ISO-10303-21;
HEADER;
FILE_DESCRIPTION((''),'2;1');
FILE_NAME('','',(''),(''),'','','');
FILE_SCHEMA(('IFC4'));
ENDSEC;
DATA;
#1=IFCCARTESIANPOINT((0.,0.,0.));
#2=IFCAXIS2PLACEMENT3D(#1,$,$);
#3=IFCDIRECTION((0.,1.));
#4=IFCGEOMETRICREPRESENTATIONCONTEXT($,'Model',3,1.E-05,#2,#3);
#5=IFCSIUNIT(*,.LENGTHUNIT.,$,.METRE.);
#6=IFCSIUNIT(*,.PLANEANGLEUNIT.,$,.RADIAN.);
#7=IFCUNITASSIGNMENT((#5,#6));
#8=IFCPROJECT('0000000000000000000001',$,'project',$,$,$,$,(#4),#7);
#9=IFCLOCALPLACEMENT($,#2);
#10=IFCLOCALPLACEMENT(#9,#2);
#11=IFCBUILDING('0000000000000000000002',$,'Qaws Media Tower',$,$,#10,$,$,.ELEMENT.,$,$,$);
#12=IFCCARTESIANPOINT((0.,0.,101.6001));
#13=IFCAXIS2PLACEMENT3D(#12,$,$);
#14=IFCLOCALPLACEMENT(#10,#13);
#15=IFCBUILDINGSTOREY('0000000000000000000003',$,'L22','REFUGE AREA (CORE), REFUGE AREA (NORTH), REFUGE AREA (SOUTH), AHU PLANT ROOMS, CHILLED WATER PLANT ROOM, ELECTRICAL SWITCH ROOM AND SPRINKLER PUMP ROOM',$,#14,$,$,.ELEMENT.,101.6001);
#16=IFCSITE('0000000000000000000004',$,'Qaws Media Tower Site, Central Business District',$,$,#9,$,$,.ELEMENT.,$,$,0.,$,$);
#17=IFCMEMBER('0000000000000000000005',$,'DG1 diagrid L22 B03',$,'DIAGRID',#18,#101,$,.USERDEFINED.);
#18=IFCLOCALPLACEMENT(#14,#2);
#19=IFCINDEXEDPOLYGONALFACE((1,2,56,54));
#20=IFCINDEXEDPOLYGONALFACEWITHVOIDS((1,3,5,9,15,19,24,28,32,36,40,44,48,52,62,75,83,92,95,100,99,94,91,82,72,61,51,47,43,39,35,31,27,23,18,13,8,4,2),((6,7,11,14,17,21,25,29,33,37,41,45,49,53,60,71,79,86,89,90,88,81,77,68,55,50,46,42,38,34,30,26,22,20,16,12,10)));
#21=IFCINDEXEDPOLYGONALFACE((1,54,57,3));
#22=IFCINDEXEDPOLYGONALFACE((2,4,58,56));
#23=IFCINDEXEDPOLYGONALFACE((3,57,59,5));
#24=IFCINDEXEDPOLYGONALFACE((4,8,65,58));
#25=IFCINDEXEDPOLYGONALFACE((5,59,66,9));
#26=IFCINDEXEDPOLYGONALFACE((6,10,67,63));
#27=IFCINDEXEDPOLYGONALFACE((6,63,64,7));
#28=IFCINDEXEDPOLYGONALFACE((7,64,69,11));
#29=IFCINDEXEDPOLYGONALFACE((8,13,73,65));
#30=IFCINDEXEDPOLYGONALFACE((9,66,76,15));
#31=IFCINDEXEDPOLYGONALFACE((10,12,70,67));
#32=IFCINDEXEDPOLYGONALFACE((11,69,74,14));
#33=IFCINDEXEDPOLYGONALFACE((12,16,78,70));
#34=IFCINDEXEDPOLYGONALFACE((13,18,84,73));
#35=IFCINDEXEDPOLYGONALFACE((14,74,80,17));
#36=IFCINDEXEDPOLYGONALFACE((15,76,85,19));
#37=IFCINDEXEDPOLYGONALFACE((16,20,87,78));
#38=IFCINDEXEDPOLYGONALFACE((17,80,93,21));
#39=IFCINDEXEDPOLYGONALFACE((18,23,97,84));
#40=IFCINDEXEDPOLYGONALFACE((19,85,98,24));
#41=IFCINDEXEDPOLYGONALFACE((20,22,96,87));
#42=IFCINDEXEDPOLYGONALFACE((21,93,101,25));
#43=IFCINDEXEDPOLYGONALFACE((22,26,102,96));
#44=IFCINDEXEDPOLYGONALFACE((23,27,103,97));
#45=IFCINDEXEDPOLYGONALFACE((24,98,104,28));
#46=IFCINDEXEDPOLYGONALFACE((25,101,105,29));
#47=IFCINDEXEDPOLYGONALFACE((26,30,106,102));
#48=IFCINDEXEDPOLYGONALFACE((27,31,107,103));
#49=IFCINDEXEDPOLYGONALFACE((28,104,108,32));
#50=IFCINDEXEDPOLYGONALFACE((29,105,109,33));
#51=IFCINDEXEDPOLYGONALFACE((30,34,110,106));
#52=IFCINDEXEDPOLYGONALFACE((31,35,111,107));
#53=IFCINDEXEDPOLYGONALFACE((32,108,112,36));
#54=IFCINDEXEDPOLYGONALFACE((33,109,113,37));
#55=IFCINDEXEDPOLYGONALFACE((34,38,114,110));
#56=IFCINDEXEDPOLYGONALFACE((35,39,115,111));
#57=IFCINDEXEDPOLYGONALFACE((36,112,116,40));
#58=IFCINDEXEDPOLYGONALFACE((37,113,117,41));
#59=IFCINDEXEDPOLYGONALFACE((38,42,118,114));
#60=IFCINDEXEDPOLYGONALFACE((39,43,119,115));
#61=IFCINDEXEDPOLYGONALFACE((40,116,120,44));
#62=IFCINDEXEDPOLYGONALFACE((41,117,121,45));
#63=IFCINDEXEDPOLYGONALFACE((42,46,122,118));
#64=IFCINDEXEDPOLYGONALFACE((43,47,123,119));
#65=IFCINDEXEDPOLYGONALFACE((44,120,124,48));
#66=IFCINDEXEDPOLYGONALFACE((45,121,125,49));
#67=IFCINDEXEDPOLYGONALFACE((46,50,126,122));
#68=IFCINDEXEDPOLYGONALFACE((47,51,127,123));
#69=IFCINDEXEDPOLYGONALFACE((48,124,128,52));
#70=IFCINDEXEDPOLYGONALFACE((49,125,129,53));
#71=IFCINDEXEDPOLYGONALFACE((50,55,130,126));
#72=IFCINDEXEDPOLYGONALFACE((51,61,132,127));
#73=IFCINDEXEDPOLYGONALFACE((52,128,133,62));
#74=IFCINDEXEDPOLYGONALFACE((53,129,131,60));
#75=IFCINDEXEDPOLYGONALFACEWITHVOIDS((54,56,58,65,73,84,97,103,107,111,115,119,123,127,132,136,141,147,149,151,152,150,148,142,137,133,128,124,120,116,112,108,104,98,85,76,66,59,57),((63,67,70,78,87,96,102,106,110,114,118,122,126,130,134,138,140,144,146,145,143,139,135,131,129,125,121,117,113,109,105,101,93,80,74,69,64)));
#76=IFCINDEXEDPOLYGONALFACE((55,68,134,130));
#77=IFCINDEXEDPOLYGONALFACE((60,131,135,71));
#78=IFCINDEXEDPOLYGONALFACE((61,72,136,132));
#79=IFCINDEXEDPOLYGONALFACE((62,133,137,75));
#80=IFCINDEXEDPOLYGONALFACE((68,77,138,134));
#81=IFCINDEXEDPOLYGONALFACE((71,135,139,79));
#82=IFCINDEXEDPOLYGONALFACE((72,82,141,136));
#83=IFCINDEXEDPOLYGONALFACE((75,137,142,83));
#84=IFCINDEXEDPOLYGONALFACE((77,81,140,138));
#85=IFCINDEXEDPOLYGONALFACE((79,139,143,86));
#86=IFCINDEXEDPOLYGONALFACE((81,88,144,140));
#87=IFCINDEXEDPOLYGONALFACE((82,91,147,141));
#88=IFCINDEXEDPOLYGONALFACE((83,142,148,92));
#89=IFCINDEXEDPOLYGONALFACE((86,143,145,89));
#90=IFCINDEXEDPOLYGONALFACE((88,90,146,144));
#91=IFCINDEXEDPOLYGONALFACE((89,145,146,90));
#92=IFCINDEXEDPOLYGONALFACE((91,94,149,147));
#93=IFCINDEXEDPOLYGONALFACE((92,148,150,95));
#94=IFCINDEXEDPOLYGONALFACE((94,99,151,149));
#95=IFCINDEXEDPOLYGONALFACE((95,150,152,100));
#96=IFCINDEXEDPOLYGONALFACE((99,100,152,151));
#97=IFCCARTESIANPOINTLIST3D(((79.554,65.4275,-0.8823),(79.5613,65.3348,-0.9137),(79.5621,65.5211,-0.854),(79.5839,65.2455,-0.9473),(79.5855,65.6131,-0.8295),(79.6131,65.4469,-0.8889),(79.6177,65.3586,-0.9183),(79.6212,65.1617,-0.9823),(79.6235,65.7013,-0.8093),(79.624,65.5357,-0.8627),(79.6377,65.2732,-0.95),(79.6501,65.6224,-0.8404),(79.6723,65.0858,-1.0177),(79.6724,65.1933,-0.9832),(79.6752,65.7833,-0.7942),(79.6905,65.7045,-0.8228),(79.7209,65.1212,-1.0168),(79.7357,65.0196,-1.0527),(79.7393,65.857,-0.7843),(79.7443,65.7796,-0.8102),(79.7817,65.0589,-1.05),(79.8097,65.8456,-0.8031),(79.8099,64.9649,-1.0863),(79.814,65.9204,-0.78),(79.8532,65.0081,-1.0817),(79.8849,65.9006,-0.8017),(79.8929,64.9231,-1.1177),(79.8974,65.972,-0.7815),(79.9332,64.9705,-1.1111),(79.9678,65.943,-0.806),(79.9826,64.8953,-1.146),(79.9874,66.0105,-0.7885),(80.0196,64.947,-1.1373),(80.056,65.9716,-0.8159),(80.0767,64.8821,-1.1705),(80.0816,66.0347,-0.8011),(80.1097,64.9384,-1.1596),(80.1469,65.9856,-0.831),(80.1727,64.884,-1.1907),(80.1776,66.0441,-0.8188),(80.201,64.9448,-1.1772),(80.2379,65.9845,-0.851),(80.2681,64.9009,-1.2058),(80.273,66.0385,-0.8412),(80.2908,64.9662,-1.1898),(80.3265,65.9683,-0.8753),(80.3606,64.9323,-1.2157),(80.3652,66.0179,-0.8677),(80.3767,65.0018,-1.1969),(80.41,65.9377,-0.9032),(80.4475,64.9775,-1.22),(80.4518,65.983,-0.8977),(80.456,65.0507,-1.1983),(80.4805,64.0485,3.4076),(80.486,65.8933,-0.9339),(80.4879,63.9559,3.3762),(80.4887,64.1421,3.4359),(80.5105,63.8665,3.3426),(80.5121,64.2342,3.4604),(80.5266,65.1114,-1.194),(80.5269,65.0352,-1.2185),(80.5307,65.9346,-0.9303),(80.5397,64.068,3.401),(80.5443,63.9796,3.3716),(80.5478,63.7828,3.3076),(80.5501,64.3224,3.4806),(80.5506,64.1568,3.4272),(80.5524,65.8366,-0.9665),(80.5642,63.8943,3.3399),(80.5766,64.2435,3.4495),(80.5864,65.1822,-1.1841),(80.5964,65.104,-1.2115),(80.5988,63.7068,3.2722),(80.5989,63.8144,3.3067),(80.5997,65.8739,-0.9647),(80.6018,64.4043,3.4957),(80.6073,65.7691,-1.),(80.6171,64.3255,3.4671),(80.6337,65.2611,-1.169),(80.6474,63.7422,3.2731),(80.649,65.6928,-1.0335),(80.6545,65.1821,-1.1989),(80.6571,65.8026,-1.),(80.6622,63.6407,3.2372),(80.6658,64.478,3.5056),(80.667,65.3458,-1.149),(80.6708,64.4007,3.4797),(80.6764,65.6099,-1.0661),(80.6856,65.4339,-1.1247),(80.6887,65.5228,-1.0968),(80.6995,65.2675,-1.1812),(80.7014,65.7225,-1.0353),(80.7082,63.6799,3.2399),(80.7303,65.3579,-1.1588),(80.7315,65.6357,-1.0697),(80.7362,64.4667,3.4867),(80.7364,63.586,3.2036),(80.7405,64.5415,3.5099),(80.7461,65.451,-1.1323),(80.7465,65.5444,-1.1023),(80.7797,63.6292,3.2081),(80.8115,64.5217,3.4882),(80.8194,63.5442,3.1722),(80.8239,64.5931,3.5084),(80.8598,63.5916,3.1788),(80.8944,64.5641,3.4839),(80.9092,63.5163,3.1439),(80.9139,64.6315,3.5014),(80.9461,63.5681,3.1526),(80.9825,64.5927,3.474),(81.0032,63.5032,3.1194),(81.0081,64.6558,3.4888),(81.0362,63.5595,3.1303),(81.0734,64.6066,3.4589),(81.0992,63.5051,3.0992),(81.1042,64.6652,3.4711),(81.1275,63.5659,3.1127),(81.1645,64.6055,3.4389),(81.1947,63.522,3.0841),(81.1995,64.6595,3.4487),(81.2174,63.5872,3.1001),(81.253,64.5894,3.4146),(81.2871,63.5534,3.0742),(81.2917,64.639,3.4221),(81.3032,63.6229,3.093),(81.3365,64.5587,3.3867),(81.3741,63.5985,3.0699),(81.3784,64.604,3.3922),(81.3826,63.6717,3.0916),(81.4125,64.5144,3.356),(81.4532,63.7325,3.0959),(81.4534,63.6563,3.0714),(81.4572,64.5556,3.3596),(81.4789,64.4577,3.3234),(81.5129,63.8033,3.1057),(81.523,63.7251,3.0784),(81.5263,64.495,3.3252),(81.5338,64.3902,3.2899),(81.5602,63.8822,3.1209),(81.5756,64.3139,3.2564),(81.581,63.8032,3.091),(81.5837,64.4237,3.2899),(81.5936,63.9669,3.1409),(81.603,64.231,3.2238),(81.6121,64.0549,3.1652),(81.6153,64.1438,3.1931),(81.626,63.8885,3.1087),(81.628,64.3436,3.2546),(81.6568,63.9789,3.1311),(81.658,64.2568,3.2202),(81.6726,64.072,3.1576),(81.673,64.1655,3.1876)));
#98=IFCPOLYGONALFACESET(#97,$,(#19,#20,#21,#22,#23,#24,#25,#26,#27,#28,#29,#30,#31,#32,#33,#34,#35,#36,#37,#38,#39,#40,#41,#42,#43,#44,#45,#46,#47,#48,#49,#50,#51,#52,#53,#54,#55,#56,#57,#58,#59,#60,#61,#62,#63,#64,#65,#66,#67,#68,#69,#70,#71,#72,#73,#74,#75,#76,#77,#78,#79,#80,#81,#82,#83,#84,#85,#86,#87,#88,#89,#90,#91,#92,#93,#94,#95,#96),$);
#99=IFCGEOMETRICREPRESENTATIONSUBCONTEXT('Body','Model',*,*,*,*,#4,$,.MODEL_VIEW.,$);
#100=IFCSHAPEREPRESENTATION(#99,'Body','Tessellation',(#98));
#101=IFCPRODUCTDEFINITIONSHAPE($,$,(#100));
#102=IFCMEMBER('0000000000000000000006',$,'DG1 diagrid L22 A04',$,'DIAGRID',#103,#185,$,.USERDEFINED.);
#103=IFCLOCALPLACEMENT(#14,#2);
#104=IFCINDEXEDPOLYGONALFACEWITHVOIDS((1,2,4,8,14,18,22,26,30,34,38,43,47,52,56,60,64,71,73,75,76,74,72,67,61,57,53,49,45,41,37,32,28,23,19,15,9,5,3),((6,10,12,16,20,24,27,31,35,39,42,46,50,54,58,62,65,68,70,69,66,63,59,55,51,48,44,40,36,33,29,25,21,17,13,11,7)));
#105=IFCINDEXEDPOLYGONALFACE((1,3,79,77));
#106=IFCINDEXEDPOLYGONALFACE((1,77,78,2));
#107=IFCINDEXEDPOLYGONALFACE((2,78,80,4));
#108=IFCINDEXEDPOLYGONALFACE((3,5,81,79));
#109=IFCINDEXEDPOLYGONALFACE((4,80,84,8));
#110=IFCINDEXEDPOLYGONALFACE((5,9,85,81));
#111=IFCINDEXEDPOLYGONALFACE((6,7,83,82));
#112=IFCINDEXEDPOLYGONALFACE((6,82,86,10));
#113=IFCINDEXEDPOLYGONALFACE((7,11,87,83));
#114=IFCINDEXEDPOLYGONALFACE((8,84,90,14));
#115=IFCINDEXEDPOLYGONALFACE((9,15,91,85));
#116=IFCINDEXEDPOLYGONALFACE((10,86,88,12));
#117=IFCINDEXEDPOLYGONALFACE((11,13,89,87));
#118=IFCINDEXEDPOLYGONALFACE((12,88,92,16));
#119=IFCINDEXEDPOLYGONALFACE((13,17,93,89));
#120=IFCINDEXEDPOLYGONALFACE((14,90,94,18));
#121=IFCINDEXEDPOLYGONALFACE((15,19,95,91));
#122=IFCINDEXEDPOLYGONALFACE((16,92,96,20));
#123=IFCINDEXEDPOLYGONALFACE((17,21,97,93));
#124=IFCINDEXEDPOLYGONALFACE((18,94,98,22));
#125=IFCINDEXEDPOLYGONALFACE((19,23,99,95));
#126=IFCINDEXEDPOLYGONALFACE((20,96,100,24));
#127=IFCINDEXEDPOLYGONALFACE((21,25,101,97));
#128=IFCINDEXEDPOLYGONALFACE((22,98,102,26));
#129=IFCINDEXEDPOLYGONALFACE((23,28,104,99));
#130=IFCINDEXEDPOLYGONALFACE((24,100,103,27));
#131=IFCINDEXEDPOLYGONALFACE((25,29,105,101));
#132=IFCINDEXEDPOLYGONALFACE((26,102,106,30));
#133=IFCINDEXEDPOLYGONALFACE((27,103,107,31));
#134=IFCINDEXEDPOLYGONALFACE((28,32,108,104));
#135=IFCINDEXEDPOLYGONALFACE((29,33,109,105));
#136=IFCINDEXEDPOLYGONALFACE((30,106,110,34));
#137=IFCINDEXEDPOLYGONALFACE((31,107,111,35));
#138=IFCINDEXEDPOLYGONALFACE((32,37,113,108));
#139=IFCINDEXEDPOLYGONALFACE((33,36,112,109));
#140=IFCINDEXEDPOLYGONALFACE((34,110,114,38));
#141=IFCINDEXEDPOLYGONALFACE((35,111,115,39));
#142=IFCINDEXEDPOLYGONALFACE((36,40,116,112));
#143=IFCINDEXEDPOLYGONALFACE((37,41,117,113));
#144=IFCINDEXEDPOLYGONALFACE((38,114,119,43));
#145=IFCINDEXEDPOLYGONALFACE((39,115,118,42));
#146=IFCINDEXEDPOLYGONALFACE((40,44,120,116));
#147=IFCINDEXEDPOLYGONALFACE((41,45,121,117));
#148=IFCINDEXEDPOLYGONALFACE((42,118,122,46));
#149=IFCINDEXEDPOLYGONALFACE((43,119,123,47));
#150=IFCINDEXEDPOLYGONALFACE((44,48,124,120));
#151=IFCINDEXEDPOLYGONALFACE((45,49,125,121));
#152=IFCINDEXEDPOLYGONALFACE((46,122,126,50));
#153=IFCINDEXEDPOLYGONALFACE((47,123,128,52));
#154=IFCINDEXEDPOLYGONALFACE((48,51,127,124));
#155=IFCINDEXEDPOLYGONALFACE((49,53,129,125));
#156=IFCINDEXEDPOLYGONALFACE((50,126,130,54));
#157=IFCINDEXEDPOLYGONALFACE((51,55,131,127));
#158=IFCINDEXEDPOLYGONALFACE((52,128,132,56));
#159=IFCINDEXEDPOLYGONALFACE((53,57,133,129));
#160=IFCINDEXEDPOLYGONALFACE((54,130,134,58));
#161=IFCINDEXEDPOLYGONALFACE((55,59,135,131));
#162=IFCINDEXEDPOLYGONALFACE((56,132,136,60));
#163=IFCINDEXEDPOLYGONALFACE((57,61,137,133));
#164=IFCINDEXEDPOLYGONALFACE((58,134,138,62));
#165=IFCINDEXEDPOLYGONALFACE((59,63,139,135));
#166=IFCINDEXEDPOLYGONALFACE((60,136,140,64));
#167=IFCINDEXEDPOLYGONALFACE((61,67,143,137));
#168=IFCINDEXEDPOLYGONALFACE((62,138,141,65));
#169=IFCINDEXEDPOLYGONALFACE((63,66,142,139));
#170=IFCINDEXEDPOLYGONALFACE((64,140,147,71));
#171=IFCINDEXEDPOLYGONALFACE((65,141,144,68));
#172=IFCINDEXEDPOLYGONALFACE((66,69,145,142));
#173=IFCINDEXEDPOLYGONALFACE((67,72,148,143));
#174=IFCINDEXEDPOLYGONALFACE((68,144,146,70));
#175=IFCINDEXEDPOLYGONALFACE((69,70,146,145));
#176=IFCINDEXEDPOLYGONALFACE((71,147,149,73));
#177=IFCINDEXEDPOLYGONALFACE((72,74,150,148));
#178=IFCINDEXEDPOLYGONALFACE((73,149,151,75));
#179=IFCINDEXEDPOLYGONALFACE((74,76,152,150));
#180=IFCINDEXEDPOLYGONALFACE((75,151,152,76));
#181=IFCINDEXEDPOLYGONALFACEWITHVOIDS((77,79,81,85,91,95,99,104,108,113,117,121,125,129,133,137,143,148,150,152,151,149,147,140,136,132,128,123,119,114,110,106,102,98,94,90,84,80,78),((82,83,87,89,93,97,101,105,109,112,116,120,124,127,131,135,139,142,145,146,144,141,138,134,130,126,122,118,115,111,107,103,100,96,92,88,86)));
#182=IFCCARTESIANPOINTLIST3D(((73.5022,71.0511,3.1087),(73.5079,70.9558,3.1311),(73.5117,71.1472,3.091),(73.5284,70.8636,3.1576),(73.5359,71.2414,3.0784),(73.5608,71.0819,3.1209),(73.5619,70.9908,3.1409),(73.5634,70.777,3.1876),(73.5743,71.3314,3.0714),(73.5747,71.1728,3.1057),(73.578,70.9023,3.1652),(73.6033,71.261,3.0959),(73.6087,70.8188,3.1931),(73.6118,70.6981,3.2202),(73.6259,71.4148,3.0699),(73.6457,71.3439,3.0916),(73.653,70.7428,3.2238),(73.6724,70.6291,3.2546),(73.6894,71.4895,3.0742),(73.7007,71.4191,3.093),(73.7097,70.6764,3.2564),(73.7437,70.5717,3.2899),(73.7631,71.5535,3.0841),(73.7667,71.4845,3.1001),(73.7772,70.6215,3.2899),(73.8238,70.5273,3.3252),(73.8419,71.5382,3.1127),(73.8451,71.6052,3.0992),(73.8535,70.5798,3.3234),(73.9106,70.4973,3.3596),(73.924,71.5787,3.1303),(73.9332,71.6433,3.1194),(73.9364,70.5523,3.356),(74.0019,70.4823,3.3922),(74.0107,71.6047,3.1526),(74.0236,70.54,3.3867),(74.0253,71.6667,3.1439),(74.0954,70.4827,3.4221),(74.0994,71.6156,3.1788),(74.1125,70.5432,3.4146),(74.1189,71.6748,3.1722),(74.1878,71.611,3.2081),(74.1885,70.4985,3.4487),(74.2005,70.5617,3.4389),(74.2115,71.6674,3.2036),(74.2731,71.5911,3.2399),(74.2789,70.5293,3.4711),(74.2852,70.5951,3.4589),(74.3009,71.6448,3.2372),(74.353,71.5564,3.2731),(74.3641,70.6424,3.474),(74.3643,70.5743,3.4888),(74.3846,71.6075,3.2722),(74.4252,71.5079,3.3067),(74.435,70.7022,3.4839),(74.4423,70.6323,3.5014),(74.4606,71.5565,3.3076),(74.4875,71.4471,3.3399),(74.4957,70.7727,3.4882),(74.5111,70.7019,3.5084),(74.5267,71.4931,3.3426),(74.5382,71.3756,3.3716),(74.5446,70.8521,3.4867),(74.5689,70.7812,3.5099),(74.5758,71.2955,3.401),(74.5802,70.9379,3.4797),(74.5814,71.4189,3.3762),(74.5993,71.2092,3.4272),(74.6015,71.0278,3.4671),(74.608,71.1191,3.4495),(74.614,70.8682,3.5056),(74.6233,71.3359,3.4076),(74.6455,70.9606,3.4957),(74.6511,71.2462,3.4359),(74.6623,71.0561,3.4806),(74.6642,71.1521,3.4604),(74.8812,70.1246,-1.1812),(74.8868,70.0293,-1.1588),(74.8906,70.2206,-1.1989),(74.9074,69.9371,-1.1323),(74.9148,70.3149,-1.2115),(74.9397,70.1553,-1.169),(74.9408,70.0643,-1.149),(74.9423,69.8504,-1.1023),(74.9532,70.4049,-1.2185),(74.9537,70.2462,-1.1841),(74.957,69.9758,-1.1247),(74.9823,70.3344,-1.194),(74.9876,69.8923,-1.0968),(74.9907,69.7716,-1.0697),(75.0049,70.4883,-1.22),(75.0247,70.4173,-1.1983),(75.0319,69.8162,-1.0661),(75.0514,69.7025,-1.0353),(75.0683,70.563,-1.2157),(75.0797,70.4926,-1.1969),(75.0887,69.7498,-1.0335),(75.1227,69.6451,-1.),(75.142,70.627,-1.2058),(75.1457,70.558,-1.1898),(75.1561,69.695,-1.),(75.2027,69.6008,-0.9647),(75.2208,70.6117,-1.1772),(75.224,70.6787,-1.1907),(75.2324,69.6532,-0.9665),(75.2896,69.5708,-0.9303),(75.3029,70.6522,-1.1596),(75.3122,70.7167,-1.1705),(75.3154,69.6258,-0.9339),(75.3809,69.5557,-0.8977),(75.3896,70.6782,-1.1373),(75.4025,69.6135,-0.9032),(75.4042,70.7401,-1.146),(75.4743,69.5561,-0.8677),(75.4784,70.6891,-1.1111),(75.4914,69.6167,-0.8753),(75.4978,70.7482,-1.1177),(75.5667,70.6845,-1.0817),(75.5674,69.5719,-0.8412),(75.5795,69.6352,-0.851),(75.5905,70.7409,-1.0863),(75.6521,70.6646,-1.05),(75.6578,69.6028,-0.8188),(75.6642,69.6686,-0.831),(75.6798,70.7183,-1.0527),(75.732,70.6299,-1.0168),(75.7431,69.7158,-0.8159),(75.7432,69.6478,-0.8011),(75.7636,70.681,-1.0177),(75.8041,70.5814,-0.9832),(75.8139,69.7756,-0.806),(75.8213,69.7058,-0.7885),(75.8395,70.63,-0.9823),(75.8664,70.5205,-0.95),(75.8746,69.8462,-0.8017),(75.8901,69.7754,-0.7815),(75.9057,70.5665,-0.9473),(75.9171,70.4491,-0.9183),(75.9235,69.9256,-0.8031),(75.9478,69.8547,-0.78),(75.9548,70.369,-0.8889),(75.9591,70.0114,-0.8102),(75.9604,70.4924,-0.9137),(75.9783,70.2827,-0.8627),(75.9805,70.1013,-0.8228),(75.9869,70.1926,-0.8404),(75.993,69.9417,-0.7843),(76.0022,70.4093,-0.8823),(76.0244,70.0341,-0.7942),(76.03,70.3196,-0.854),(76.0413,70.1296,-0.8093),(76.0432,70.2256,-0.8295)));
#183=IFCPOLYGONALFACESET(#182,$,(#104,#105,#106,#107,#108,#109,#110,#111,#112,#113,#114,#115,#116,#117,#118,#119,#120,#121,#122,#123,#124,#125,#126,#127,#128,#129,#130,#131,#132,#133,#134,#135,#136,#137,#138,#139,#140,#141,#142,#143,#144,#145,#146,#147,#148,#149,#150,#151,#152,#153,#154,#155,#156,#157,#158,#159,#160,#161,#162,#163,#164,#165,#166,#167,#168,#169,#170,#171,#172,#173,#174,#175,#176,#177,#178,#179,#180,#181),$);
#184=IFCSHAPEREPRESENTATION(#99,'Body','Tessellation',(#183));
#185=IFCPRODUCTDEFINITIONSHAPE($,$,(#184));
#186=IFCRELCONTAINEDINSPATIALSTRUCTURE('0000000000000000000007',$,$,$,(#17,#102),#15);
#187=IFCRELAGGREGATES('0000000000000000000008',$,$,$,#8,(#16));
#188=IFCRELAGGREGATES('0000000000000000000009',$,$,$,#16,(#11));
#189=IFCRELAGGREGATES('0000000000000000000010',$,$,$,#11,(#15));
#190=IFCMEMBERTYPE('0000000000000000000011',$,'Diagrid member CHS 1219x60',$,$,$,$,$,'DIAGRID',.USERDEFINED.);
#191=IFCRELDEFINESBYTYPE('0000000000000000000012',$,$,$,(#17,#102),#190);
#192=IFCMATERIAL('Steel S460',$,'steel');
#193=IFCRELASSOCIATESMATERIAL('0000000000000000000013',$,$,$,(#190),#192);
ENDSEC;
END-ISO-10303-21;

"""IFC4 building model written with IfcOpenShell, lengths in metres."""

from ifc_helpers import new_model, si_unit, direction, frame, origin, origin_2d, place, context, subcontext, project, spatial, hollow_circle, extrude, material, material_profile, profile_set, type_object, element, save


model = new_model("IFC4")

# Units and contexts
model_context = context("Model", 3, precision=1e-05, world=origin(), true_north=direction((0.0, 1.0)))
body_context = subcontext(model_context, "Body", "Model", "MODEL_VIEW")
ifc_project = project(units=[si_unit("LENGTHUNIT", "METRE"), si_unit("PLANEANGLEUNIT", "RADIAN")], contexts=[model_context])

# Site, building, storey
site_placement = place(None, origin())
site = spatial("IfcSite", under=ifc_project, at=site_placement, Name="Qaws Media Tower Site, Central Business District", CompositionType="ELEMENT", RefElevation=0.0)
building_placement = place(site_placement, origin())
building = spatial("IfcBuilding", under=site, at=building_placement, Name="Qaws Media Tower", CompositionType="ELEMENT")
storey_placement = place(building_placement, frame((0.0, 0.0, 101.6001)))
storey = spatial("IfcBuildingStorey", under=building, at=storey_placement, Name="L22", Description="REFUGE AREA (CORE), REFUGE AREA (NORTH), REFUGE AREA (SOUTH), AHU PLANT ROOMS, CHILLED WATER PLANT ROOM, ELECTRICAL SWITCH ROOM AND SPRINKLER PUMP ROOM", CompositionType="ELEMENT", Elevation=101.6001)

# Members
ifc_material_1 = material(Name="Steel S460", Category="steel")
ifc_material_profile_1 = material_profile(ifc_material_1, hollow_circle(Radius=0.6096, WallThickness=0.0601, at=origin_2d()), Name="CHS 1219x60")
ifc_profile_set_1 = profile_set([ifc_material_profile_1], Name="Steel S460")
member_type_1 = type_object("IfcMemberType", Name="Diagrid member CHS 1219x60", ElementType="DIAGRID", PredefinedType="USERDEFINED", material=ifc_profile_set_1)
for number, where, z_axis, x_axis, name in (
    (1, (80.1511, 65.4626, -1.0), (0.201406, -0.299747, 0.932517), (0.830033, 0.557715, 0.0), "DG1 diagrid L22 B03"),
    (2, (75.4626, 70.1511, -1.0), (-0.299747, 0.201406, 0.932517), (-0.557715, -0.830033, 0.0), "DG1 diagrid L22 A04"),
):
    element("IfcMember", number, at=place(storey_placement, frame(where, z_axis=z_axis, x_axis=x_axis)), inside=storey, type_object=member_type_1, Name=name, ObjectType="DIAGRID", PredefinedType="USERDEFINED", context=body_context, shape_type="SweptSolid", body=[
        extrude(hollow_circle(Radius=0.6096, WallThickness=0.0601, at=origin_2d()), origin(), (0.0, 0.0, 1.0), 4.6003),
    ])

save(model, "model.ifc")
